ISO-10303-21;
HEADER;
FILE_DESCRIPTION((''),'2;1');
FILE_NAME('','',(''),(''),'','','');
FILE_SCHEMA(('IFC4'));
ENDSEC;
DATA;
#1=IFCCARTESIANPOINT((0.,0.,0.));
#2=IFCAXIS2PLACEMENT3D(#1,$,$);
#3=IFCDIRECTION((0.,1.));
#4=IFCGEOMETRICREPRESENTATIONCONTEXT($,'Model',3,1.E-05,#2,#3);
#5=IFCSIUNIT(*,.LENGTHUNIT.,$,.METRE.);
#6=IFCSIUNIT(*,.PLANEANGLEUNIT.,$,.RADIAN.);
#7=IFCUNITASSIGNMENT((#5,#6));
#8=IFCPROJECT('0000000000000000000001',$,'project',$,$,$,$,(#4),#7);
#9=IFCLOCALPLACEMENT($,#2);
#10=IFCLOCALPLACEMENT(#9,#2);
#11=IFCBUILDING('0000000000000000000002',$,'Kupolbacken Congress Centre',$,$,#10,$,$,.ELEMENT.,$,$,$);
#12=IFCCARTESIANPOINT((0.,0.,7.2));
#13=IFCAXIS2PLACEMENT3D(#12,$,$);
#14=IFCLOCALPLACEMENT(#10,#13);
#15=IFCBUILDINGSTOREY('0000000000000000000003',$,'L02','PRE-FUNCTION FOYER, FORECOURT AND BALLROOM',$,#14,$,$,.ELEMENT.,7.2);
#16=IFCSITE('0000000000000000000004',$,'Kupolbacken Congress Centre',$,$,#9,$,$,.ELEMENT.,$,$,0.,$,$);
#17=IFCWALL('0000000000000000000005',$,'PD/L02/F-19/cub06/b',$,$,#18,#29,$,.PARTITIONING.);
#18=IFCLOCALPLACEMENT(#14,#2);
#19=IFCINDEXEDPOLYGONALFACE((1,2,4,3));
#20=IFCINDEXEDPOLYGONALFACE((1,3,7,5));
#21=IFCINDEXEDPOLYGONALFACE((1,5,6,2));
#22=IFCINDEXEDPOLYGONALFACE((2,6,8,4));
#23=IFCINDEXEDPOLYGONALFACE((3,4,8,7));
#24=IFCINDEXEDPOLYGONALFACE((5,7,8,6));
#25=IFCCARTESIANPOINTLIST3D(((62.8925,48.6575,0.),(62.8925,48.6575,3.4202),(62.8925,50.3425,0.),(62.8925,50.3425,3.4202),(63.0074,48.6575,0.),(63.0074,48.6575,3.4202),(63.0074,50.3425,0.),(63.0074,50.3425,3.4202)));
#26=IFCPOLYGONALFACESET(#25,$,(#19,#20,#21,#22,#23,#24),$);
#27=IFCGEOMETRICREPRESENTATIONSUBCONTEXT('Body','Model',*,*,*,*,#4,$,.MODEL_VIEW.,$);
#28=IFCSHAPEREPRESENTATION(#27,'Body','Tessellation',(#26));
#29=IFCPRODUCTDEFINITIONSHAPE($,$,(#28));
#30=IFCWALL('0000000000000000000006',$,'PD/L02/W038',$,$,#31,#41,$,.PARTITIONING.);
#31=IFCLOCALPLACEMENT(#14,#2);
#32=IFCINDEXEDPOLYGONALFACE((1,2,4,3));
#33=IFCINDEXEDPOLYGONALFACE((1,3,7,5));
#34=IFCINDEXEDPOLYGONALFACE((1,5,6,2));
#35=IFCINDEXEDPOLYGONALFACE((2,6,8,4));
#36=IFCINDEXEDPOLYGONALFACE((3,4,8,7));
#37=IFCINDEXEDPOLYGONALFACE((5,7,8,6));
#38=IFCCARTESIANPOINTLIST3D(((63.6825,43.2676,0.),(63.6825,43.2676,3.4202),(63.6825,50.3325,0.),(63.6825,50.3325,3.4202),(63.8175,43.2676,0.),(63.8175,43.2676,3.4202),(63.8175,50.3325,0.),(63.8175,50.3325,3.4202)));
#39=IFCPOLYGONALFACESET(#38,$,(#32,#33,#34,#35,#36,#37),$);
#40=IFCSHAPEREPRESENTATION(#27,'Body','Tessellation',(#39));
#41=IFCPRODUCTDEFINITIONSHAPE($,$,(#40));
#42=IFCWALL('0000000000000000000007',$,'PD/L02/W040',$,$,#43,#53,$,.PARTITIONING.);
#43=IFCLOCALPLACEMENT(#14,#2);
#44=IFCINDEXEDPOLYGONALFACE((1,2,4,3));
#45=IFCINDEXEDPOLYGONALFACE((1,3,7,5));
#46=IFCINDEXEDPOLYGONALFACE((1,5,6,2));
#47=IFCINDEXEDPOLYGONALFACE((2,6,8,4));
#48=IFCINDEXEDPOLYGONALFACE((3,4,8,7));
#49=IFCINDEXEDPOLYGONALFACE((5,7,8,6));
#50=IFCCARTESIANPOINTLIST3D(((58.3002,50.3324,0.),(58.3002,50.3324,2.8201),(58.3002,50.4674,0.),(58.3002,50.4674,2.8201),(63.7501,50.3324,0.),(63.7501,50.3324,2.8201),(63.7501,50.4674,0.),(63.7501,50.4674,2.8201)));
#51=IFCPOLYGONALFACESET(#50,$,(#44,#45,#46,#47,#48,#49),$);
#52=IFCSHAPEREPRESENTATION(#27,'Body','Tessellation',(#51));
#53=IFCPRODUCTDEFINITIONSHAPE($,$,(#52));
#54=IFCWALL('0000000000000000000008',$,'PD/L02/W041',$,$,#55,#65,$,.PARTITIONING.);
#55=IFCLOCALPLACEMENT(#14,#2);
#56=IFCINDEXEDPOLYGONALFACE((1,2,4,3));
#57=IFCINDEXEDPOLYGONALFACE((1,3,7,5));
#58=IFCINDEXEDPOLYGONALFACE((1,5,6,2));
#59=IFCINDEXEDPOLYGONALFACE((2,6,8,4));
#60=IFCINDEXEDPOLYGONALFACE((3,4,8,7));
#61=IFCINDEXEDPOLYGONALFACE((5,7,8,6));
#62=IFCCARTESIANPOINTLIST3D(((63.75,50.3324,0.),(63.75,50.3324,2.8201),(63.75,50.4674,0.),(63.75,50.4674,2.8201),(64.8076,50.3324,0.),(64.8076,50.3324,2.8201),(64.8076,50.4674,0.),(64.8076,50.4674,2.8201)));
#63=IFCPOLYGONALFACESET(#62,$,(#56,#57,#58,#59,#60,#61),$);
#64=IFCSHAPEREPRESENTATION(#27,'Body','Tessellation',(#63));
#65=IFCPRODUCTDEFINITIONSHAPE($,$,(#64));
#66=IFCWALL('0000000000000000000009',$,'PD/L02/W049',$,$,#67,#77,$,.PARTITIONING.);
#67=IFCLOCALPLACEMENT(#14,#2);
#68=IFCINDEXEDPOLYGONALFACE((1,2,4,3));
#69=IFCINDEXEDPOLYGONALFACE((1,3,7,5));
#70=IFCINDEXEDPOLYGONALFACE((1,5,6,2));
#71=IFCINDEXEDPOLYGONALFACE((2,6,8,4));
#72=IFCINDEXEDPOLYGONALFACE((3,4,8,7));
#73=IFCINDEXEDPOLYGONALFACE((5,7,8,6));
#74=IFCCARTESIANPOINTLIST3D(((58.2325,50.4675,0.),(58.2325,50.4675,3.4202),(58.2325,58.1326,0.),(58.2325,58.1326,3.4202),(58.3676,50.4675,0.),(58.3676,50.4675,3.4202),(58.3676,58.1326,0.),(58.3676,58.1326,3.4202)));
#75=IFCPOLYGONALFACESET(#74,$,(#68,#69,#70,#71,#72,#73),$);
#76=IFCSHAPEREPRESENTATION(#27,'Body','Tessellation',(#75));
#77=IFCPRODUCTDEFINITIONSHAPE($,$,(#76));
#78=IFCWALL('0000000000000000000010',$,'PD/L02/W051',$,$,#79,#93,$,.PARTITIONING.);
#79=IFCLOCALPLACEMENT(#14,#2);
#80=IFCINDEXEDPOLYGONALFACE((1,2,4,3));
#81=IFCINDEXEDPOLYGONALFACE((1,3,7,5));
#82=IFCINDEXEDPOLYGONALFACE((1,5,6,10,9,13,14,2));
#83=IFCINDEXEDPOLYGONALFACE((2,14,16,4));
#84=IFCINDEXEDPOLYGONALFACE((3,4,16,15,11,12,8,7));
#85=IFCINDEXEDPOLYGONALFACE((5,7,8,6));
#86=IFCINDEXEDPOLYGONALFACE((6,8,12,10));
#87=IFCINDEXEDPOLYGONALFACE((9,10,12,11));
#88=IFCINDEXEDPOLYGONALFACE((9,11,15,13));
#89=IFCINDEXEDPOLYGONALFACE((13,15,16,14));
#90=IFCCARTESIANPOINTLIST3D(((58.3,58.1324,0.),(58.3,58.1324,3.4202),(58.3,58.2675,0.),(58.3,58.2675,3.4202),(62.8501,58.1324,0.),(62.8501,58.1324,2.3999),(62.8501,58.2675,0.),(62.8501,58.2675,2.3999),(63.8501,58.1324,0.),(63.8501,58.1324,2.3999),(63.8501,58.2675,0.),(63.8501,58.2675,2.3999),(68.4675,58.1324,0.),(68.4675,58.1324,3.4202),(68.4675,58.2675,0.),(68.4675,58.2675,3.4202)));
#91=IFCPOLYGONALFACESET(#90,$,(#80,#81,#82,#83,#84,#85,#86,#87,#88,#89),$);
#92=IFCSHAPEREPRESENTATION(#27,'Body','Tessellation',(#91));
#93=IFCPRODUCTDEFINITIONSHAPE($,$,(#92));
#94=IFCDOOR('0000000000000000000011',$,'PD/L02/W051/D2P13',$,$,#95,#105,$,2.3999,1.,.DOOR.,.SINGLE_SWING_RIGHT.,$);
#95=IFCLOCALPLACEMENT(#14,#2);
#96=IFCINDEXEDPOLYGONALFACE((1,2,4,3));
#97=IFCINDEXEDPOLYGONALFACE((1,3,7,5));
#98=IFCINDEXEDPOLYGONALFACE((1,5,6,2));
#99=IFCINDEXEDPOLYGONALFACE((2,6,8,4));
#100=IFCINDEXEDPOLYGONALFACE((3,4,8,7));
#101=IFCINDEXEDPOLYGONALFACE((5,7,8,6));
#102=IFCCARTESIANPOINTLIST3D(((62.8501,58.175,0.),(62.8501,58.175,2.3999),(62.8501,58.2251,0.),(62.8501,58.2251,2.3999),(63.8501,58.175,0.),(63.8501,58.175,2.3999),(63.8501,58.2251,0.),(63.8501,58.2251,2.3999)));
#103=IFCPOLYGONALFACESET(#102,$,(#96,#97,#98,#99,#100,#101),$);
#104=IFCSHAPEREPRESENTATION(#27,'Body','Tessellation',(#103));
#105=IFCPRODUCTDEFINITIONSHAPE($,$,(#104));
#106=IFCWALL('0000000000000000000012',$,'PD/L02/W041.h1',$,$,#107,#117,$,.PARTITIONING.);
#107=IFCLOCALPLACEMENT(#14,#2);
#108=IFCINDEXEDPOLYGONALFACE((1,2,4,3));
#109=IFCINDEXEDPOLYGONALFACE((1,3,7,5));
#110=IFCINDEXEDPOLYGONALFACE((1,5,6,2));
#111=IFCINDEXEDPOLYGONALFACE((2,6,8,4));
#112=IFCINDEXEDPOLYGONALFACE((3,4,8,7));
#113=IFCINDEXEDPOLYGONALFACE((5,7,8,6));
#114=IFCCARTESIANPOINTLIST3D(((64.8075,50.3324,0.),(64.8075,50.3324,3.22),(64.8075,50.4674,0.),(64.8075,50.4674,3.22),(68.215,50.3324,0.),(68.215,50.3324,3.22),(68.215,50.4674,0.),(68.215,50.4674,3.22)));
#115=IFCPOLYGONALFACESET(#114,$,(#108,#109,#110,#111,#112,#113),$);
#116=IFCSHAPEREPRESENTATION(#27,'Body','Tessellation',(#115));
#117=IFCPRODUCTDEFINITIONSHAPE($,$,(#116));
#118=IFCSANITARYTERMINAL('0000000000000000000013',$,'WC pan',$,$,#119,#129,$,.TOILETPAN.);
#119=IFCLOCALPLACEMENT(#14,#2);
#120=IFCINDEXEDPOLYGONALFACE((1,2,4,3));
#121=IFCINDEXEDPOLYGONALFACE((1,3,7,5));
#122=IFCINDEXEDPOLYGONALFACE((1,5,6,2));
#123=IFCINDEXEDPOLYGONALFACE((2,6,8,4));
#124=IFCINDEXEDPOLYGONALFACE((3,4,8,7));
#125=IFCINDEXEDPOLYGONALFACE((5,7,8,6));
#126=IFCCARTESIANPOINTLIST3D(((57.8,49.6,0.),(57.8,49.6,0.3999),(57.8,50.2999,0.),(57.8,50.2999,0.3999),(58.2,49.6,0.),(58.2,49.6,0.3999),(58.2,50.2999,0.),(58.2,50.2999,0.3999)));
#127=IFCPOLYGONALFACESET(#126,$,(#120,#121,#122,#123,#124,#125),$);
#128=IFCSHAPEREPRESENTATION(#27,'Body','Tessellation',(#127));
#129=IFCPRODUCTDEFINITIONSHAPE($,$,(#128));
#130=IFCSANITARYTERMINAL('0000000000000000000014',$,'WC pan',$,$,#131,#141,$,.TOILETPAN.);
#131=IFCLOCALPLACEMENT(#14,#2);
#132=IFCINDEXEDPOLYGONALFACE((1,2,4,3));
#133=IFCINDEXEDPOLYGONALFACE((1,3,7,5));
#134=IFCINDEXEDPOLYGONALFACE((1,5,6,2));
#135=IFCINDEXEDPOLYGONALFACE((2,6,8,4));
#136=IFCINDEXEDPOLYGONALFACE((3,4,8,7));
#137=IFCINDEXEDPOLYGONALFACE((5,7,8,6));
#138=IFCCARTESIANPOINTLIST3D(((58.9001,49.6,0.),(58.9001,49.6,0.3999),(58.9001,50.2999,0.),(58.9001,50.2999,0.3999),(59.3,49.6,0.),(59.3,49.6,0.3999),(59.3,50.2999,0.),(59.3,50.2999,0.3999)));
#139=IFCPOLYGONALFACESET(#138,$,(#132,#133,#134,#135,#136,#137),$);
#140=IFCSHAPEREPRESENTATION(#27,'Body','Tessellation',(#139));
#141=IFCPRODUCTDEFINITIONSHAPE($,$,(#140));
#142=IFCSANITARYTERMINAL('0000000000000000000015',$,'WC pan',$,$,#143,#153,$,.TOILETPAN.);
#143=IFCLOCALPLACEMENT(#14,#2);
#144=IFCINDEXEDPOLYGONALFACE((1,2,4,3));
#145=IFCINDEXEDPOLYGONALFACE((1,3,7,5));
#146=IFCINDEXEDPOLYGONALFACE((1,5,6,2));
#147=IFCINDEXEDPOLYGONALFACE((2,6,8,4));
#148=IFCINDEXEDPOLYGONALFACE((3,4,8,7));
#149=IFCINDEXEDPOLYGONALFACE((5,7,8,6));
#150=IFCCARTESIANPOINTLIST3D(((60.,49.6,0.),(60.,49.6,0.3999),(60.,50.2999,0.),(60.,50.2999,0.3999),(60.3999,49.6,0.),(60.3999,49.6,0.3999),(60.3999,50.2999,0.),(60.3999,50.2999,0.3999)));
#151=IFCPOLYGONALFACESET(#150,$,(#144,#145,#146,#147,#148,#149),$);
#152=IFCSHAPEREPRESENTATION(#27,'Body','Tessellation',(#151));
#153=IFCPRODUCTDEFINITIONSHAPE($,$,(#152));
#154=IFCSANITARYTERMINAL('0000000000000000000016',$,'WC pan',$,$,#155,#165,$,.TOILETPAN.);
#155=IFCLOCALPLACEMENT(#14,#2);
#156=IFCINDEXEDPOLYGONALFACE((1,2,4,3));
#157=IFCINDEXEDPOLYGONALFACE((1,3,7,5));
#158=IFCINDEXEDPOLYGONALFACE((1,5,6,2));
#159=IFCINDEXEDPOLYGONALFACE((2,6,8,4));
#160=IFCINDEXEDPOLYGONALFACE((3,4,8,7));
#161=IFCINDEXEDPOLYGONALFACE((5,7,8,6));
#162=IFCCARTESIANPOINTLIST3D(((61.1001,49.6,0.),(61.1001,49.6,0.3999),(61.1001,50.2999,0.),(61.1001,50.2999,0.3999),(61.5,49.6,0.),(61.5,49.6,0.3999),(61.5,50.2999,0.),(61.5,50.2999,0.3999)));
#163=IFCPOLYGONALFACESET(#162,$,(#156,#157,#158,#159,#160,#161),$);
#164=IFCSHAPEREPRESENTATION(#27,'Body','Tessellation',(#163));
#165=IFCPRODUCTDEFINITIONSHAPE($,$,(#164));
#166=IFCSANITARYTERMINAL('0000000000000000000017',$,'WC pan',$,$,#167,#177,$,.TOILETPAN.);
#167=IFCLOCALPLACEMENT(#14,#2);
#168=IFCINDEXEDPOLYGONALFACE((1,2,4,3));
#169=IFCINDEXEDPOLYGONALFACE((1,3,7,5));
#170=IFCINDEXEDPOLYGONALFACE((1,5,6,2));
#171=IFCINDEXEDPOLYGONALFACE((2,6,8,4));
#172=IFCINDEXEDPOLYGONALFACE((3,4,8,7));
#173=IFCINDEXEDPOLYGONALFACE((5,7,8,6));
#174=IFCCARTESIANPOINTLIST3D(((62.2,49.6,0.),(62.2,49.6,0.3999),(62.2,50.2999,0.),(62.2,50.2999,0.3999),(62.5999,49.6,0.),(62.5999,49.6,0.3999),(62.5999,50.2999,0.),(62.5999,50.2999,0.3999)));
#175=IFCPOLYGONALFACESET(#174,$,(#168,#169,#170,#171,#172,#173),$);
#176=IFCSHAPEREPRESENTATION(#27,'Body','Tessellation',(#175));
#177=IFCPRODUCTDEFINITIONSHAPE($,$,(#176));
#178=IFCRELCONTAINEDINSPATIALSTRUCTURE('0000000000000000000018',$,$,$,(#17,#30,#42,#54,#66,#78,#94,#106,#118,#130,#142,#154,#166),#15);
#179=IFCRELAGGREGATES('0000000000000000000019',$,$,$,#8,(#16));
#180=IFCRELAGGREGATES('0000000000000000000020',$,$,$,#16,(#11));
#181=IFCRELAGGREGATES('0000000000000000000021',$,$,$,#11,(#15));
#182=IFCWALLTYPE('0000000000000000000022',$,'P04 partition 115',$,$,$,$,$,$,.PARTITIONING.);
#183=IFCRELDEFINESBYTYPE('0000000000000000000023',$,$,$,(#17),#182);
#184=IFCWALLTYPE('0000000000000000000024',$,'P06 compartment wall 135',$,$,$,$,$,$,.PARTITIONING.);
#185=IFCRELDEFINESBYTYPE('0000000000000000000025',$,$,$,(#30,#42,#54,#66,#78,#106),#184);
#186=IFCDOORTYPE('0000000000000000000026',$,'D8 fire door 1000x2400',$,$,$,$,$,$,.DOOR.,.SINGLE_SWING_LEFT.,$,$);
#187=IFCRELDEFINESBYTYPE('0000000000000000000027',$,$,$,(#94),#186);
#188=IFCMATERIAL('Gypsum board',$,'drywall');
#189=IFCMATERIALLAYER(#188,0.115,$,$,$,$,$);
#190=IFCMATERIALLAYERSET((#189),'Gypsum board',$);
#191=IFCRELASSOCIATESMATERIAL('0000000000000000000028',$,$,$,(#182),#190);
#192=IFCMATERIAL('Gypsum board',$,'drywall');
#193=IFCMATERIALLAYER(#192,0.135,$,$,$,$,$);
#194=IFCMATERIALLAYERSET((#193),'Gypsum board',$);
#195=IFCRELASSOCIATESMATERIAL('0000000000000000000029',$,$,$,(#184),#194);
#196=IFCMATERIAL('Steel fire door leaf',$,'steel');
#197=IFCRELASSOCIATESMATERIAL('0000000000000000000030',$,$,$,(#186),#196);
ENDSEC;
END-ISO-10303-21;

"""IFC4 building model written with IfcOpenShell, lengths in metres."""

from ifc_helpers import new_model, si_unit, direction, frame, frame_2d, origin, origin_2d, place, context, subcontext, project, spatial, rectangle, extrude, material, layer, layer_set, type_object, element, fill, save


model = new_model("IFC4")

# Units and contexts
model_context = context("Model", 3, precision=1e-05, world=origin(), true_north=direction((0.0, 1.0)))
body_context = subcontext(model_context, "Body", "Model", "MODEL_VIEW")
ifc_project = project(units=[si_unit("LENGTHUNIT", "METRE"), si_unit("PLANEANGLEUNIT", "RADIAN")], contexts=[model_context])

# Site, building, storey
site_placement = place(None, origin())
site = spatial("IfcSite", under=ifc_project, at=site_placement, Name="Kupolbacken Congress Centre", CompositionType="ELEMENT", RefElevation=0.0)
building_placement = place(site_placement, origin())
building = spatial("IfcBuilding", under=site, at=building_placement, Name="Kupolbacken Congress Centre", CompositionType="ELEMENT")
storey_placement = place(building_placement, frame((0.0, 0.0, 7.2)))
storey = spatial("IfcBuildingStorey", under=building, at=storey_placement, Name="L02", Description="PRE-FUNCTION FOYER, FORECOURT AND BALLROOM", CompositionType="ELEMENT", Elevation=7.2)

# Shared definitions
ifc_material_1 = material(Name="Gypsum board", Category="drywall")
ifc_layer_1 = layer(ifc_material_1, 0.115)
ifc_layer_set_1 = layer_set([ifc_layer_1], Name="Gypsum board")
wall_type_1 = type_object("IfcWallType", Name="P04 partition 115", PredefinedType="PARTITIONING", material=ifc_layer_set_1)

# Walls
for number, where, z_axis, x_axis, name in (
    (1, (62.95, 50.3425, 0.0), (0.0, 0.0, 1.0), (0.0, -1.0, 0.0), "PD/L02/F-19/cub06/b"),
):
    element("IfcWall", number, at=place(storey_placement, frame(where, z_axis=z_axis, x_axis=x_axis)), inside=storey, type_object=wall_type_1, Name=name, PredefinedType="PARTITIONING", context=body_context, shape_type="SweptSolid", body=[
        extrude(rectangle(XDim=1.6851, YDim=0.115, at=frame_2d((0.8425, 0.0))), origin(), (0.0, 0.0, 1.0), 3.4202),
    ])
ifc_material_2 = material(Name="Gypsum board", Category="drywall")
ifc_layer_2 = layer(ifc_material_2, 0.135)
ifc_layer_set_2 = layer_set([ifc_layer_2], Name="Gypsum board")
wall_type_2 = type_object("IfcWallType", Name="P06 compartment wall 135", PredefinedType="PARTITIONING", material=ifc_layer_set_2)
wall_1_placement = place(storey_placement, frame((63.75, 50.3325, 0.0), z_axis=(0.0, 0.0, 1.0), x_axis=(0.0, -1.0, 0.0)))
element("IfcWall", 2, at=wall_1_placement, inside=storey, type_object=wall_type_2, Name="PD/L02/W038", PredefinedType="PARTITIONING", context=body_context, shape_type="SweptSolid", body=[
    extrude(rectangle(XDim=7.0649, YDim=0.135, at=frame_2d((3.5325, 0.0))), origin(), (0.0, 0.0, 1.0), 3.4202),
])
wall_2_placement = place(storey_placement, frame((58.3, 50.3999, 0.0), z_axis=(0.0, 0.0, 1.0), x_axis=(1.0, 0.0, 0.0)))
element("IfcWall", 3, at=wall_2_placement, inside=storey, type_object=wall_type_2, Name="PD/L02/W040", PredefinedType="PARTITIONING", context=body_context, shape_type="SweptSolid", body=[
    extrude(rectangle(XDim=5.45, YDim=0.135, at=frame_2d((2.7251, 0.0))), origin(), (0.0, 0.0, 1.0), 2.8201),
])
wall_3_placement = place(storey_placement, frame((63.75, 50.3999, 0.0), z_axis=(0.0, 0.0, 1.0), x_axis=(1.0, 0.0, 0.0)))
element("IfcWall", 4, at=wall_3_placement, inside=storey, type_object=wall_type_2, Name="PD/L02/W041", PredefinedType="PARTITIONING", context=body_context, shape_type="SweptSolid", body=[
    extrude(rectangle(XDim=1.0576, YDim=0.135, at=frame_2d((0.5288, 0.0))), origin(), (0.0, 0.0, 1.0), 2.8201),
])
wall_4_placement = place(storey_placement, frame((58.3, 58.1326, 0.0), z_axis=(0.0, 0.0, 1.0), x_axis=(0.0, -1.0, 0.0)))
element("IfcWall", 5, at=wall_4_placement, inside=storey, type_object=wall_type_2, Name="PD/L02/W049", PredefinedType="PARTITIONING", context=body_context, shape_type="SweptSolid", body=[
    extrude(rectangle(XDim=7.665, YDim=0.135, at=frame_2d((3.8325, 0.0))), origin(), (0.0, 0.0, 1.0), 3.4202),
])

# Wall, opening, door
wall_5_placement = place(storey_placement, frame((58.3, 58.2, 0.0), z_axis=(0.0, 0.0, 1.0), x_axis=(1.0, 0.0, 0.0)))
wall_5 = element("IfcWall", 6, at=wall_5_placement, inside=storey, type_object=wall_type_2, Name="PD/L02/W051", PredefinedType="PARTITIONING", context=body_context, shape_type="SweptSolid", body=[
    extrude(rectangle(XDim=10.1675, YDim=0.135, at=frame_2d((5.0837, 0.0))), origin(), (0.0, 0.0, 1.0), 3.4202),
])
opening_1_placement = place(wall_5_placement, frame((4.55, 0.0, 0.0)))
opening_1 = element("IfcOpeningElement", 7, at=opening_1_placement, cuts=wall_5, PredefinedType="OPENING", context=body_context, shape_type="SweptSolid", body=[
    extrude(rectangle(XDim=1.0, YDim=2.3999, at=frame_2d((0.5, 1.2))), frame((0.0, 0.0774, 0.0), z_axis=(0.0, -1.0, 0.0), x_axis=(1.0, 0.0, 0.0)), (0.0, 0.0, 1.0), 0.155),
])
ifc_material_3 = material(Name="Steel fire door leaf", Category="steel")
door_type_1 = type_object("IfcDoorType", Name="D8 fire door 1000x2400", OperationType="SINGLE_SWING_LEFT", PredefinedType="DOOR", material=ifc_material_3)
door_1_placement = place(opening_1_placement, frame((1.0, 0.0, 0.0), z_axis=(0.0, 0.0, 1.0), x_axis=(-1.0, 0.0, 0.0)))
door_1 = element("IfcDoor", 8, at=door_1_placement, inside=storey, type_object=door_type_1, Name="PD/L02/W051/D2P13", OperationType="SINGLE_SWING_RIGHT", OverallHeight=2.3999, OverallWidth=1.0, PredefinedType="DOOR", context=body_context, shape_type="SweptSolid", body=[
    extrude(rectangle(XDim=1.0, YDim=2.3999, at=frame_2d((0.5, 1.2))), frame((0.0, 0.0249, 0.0), z_axis=(0.0, -1.0, 0.0), x_axis=(1.0, 0.0, 0.0)), (0.0, 0.0, 1.0), 0.05),
])
fill(opening_1, door_1)

# Wall
wall_6_placement = place(storey_placement, frame((64.8076, 50.3999, 0.0), z_axis=(0.0, 0.0, 1.0), x_axis=(1.0, 0.0, 0.0)))
element("IfcWall", 9, at=wall_6_placement, inside=storey, type_object=wall_type_2, Name="PD/L02/W041.h1", PredefinedType="PARTITIONING", context=body_context, shape_type="SweptSolid", body=[
    extrude(rectangle(XDim=3.4075, YDim=0.135, at=frame_2d((1.7036, 0.0))), origin(), (0.0, 0.0, 1.0), 3.22),
])

# Sanitary terminals
for number, where, z_axis, x_axis, name in (
    (10, (58.0, 49.95, 0.0), (0.0, 0.0, 1.0), (1.0, 0.0, 0.0), "WC pan"),
    (11, (59.1001, 49.95, 0.0), (0.0, 0.0, 1.0), (1.0, 0.0, 0.0), "WC pan"),
    (12, (60.2, 49.95, 0.0), (0.0, 0.0, 1.0), (1.0, 0.0, 0.0), "WC pan"),
    (13, (61.3, 49.95, 0.0), (0.0, 0.0, 1.0), (1.0, 0.0, 0.0), "WC pan"),
    (14, (62.3999, 49.95, 0.0), (0.0, 0.0, 1.0), (1.0, 0.0, 0.0), "WC pan"),
):
    element("IfcSanitaryTerminal", number, at=place(storey_placement, frame(where, z_axis=z_axis, x_axis=x_axis)), inside=storey, Name=name, PredefinedType="TOILETPAN", context=body_context, shape_type="SweptSolid", body=[
        extrude(rectangle(XDim=0.3999, YDim=0.7, at=origin_2d()), origin(), (0.0, 0.0, 1.0), 0.3999),
    ])

save(model, "model.ifc")
